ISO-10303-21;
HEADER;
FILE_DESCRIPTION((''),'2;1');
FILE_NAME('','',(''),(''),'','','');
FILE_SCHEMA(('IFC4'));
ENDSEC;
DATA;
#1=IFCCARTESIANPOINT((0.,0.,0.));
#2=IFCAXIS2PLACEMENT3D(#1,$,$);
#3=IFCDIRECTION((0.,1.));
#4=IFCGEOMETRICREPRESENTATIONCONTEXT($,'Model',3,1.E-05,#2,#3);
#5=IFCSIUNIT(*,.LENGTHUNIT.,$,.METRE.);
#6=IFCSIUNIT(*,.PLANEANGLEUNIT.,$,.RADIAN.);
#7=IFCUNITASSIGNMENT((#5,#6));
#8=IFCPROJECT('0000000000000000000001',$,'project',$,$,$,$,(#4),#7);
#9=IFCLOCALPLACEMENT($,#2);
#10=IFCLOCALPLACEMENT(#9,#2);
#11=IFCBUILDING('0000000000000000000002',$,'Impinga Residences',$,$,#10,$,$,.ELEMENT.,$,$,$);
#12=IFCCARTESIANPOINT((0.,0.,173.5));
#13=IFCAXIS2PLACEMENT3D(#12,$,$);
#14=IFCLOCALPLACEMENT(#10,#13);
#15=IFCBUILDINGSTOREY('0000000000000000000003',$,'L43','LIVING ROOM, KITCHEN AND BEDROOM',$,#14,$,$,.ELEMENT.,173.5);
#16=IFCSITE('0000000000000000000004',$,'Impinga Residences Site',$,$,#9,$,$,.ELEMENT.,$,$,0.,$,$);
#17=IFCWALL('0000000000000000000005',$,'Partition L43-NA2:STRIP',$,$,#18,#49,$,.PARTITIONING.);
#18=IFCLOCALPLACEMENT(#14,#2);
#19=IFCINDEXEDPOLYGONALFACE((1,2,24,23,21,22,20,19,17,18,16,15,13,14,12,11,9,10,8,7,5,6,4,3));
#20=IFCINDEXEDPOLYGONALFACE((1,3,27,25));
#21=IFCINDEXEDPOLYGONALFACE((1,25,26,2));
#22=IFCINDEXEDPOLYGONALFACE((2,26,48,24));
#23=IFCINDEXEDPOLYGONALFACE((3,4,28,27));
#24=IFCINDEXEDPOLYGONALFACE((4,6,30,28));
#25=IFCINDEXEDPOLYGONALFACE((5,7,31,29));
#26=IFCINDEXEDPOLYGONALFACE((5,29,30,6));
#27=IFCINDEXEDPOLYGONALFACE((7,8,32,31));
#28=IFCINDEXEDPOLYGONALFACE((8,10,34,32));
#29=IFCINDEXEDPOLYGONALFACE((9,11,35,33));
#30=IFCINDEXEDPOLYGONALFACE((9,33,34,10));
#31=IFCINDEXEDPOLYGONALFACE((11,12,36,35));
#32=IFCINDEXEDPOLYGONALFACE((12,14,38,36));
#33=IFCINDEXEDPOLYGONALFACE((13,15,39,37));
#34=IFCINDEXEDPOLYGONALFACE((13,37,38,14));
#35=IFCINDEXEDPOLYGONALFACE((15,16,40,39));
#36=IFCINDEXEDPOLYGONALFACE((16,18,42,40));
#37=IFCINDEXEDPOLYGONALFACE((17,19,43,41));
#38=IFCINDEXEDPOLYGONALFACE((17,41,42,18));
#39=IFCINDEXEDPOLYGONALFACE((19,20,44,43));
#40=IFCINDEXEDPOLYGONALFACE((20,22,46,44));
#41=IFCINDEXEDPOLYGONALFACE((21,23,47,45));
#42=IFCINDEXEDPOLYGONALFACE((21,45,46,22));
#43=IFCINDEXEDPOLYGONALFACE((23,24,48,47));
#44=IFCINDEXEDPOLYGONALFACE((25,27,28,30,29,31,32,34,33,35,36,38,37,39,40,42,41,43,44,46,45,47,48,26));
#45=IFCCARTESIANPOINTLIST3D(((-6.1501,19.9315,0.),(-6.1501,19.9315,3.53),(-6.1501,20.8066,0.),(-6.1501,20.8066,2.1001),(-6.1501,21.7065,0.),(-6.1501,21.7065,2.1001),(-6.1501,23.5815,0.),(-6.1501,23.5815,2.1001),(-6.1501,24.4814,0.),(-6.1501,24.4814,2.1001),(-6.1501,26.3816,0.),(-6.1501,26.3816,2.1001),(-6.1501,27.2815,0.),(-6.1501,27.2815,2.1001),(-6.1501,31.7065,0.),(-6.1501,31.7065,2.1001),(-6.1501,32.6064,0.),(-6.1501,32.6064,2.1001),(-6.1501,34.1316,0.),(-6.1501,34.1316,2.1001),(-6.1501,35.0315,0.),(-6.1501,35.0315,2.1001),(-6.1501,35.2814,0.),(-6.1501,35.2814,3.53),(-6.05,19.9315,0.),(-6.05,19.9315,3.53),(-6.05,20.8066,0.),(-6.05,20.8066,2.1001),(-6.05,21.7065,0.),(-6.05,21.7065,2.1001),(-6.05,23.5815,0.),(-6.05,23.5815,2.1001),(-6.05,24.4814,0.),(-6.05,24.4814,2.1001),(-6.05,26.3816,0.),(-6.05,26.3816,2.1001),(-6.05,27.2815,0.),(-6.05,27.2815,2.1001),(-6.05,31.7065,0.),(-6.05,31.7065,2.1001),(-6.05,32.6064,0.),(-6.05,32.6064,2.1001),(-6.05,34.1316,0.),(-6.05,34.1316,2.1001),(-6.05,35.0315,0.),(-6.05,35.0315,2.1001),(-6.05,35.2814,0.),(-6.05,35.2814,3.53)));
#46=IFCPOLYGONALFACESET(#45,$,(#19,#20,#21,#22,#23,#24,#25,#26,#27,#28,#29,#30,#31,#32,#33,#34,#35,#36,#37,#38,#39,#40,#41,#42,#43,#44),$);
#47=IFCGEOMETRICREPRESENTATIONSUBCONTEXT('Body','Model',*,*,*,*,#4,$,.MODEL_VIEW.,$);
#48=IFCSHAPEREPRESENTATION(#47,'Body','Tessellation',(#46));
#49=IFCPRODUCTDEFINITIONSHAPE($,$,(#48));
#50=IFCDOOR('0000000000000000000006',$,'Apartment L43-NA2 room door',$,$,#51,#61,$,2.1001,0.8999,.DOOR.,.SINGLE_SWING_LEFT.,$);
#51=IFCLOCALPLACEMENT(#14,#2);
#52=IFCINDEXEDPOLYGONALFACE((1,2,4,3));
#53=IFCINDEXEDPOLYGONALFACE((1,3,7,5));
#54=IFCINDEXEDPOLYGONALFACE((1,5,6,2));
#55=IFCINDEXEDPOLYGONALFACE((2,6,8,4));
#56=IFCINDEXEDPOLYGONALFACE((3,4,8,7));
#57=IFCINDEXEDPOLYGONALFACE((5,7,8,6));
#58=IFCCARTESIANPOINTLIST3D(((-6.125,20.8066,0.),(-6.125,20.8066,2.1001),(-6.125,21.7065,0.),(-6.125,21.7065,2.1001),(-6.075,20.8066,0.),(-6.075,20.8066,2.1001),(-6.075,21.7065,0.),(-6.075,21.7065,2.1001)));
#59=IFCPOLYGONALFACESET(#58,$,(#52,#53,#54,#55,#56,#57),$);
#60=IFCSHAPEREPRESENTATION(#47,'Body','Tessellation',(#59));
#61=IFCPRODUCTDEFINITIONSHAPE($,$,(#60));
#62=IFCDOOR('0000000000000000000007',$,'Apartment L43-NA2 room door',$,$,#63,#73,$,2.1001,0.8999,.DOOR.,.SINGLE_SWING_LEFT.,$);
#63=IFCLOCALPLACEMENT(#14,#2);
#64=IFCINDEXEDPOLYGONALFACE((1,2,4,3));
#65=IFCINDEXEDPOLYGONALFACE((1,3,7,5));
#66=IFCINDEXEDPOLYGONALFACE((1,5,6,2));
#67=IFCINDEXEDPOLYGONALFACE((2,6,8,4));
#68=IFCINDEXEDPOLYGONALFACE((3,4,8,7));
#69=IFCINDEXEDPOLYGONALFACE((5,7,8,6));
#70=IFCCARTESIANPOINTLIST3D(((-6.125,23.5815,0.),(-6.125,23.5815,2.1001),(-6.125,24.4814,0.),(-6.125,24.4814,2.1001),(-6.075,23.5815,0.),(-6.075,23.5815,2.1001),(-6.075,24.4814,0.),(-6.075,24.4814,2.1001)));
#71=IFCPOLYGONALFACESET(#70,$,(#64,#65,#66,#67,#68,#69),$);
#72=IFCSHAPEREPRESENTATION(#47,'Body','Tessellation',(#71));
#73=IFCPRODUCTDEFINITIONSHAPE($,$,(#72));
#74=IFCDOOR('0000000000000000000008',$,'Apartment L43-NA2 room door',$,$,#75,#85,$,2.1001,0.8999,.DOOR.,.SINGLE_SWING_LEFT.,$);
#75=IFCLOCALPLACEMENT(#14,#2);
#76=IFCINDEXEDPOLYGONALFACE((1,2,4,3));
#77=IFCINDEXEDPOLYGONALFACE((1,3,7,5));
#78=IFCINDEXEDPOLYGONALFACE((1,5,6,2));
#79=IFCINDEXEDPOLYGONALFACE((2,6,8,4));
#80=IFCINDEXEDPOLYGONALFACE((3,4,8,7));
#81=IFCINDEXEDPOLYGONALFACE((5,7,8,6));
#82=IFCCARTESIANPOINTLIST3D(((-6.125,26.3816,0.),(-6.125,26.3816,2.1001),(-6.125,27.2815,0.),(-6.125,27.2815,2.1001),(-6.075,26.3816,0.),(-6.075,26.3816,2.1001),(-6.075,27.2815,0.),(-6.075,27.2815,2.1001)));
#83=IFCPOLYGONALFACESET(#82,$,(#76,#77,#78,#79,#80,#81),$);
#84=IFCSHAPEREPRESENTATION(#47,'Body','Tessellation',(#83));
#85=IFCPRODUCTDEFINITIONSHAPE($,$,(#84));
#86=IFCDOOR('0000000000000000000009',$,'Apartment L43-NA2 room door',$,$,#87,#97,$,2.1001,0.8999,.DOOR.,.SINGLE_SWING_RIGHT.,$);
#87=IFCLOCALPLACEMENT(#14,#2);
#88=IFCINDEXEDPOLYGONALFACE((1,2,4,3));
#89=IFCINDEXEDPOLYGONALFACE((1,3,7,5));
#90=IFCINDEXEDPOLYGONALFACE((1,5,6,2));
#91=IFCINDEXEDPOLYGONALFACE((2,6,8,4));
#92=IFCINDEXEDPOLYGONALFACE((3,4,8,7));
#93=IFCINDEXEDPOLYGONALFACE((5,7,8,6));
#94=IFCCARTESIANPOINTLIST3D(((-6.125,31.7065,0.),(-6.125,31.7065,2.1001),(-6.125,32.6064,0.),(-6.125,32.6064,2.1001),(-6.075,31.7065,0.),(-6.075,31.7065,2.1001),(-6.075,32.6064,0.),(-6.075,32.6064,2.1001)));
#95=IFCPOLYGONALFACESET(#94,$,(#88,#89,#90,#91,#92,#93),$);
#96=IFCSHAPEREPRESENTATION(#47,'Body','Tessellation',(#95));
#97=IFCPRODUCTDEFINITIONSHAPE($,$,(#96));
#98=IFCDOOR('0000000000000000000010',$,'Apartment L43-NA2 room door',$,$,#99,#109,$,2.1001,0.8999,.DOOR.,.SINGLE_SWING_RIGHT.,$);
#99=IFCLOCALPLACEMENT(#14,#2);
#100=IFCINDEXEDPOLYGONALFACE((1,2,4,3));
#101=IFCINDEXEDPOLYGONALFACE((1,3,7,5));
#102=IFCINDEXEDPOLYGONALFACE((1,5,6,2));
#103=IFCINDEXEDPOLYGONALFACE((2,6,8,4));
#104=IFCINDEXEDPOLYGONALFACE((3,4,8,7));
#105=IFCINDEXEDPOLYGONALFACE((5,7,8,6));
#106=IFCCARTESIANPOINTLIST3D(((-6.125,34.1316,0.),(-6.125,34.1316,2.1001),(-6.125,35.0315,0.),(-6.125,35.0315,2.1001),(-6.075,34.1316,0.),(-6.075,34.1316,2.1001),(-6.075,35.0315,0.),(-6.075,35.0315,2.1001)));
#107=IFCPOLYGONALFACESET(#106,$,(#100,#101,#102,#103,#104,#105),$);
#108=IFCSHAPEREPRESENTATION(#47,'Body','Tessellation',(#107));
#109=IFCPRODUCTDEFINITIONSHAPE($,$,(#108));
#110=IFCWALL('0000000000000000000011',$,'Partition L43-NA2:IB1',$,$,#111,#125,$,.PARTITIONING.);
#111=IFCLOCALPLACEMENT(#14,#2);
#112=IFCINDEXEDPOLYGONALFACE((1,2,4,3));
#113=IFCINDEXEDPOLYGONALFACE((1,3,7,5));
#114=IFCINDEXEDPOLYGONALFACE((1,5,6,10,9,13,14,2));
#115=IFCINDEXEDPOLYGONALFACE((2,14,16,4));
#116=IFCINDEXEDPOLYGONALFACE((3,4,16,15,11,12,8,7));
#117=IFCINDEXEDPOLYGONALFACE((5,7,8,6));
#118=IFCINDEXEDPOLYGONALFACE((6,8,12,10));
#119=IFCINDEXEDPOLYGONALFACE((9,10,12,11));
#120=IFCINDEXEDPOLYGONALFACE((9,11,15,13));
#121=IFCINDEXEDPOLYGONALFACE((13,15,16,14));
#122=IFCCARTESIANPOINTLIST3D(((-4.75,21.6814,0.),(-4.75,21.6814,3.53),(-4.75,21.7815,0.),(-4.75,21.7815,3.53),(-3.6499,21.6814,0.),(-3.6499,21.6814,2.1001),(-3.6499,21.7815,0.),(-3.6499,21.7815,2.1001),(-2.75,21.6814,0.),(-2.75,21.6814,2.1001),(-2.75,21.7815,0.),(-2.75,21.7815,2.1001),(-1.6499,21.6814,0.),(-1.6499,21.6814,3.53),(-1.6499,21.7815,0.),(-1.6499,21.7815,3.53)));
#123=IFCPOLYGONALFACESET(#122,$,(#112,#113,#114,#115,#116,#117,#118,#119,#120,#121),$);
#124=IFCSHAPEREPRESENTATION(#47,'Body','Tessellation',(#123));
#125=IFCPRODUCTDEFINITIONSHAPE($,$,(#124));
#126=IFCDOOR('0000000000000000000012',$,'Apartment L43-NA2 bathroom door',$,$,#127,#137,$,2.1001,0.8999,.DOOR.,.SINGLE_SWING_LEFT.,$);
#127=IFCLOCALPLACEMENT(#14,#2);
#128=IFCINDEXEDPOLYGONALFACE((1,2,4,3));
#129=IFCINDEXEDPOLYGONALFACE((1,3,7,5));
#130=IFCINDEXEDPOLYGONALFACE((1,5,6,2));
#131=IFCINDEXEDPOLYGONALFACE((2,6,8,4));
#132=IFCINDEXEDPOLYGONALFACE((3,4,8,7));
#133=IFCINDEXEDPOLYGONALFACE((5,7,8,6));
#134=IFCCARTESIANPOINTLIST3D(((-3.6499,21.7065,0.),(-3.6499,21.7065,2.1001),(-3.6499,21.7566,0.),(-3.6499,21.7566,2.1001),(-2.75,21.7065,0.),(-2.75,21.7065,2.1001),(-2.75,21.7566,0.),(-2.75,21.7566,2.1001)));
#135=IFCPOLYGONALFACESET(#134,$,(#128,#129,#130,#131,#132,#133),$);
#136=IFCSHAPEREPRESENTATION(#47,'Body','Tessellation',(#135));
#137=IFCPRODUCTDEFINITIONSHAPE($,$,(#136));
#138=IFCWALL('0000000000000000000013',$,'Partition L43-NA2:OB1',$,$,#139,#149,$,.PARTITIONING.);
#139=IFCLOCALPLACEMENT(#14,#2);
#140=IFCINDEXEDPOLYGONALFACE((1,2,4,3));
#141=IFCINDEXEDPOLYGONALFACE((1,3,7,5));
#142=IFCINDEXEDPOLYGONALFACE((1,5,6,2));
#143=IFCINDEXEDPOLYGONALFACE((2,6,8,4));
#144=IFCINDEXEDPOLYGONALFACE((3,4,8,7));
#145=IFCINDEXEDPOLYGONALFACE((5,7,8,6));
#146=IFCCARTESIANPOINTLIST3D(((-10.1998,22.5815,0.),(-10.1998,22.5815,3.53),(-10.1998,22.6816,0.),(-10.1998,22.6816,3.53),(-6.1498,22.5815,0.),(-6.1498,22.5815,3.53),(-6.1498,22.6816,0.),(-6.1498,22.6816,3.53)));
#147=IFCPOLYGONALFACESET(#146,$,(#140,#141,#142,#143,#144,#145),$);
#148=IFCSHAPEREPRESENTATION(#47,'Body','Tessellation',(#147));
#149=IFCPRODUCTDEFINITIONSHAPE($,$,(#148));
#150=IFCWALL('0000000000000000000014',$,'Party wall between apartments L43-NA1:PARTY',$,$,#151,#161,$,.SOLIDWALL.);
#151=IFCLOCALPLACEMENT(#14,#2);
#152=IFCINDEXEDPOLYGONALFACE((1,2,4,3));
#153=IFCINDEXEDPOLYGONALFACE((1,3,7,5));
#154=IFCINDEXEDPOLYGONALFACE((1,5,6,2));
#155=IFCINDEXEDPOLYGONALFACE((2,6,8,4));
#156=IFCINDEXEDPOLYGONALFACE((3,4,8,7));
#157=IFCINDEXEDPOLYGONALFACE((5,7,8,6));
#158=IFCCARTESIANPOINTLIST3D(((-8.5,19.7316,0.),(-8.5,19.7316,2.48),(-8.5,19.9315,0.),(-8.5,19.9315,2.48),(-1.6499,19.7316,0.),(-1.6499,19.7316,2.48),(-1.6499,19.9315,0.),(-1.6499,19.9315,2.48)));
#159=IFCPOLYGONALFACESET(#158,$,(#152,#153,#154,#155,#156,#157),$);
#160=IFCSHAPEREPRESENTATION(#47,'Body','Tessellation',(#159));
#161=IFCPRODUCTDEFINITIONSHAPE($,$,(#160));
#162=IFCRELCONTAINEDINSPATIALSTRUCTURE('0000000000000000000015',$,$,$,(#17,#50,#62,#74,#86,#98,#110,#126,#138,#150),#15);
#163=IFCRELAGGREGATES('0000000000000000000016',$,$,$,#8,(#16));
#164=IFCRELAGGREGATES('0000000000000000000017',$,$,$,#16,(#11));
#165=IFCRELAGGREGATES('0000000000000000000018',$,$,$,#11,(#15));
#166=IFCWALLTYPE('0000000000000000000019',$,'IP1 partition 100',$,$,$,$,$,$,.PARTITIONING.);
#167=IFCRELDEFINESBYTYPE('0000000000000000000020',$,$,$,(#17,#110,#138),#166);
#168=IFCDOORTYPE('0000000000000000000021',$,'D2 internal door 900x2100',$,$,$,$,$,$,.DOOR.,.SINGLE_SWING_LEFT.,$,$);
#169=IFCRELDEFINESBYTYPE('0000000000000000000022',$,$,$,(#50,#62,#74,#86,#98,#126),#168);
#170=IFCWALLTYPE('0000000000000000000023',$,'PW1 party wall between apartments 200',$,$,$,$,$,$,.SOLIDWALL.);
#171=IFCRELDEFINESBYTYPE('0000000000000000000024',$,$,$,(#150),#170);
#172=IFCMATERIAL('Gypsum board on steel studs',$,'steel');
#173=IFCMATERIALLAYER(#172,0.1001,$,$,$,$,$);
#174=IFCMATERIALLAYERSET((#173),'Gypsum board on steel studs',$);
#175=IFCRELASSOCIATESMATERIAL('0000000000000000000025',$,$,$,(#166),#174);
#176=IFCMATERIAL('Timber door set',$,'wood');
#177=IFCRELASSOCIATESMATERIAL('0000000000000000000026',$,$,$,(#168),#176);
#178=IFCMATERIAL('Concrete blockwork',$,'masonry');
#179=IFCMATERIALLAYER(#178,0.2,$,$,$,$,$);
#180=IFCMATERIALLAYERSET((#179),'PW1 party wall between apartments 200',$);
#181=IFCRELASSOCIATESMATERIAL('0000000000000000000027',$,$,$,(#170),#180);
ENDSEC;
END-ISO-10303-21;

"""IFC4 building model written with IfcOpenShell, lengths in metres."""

from ifc_helpers import new_model, si_unit, direction, frame, frame_2d, origin, place, context, subcontext, project, spatial, rectangle, extrude, material, layer, layer_set, type_object, element, fill, save


model = new_model("IFC4")

# Units and contexts
model_context = context("Model", 3, precision=1e-05, world=origin(), true_north=direction((0.0, 1.0)))
body_context = subcontext(model_context, "Body", "Model", "MODEL_VIEW")
ifc_project = project(units=[si_unit("LENGTHUNIT", "METRE"), si_unit("PLANEANGLEUNIT", "RADIAN")], contexts=[model_context])

# Site, building, storey
site_placement = place(None, origin())
site = spatial("IfcSite", under=ifc_project, at=site_placement, Name="Impinga Residences Site", CompositionType="ELEMENT", RefElevation=0.0)
building_placement = place(site_placement, origin())
building = spatial("IfcBuilding", under=site, at=building_placement, Name="Impinga Residences", CompositionType="ELEMENT")
storey_placement = place(building_placement, frame((0.0, 0.0, 173.5)))
storey = spatial("IfcBuildingStorey", under=building, at=storey_placement, Name="L43", Description="LIVING ROOM, KITCHEN AND BEDROOM", CompositionType="ELEMENT", Elevation=173.5)

# Shared definitions
ifc_material_1 = material(Name="Concrete blockwork", Category="masonry")
ifc_material_2 = material(Name="Timber door set", Category="wood")

# Shared definitions
ifc_material_3 = material(Name="Gypsum board on steel studs", Category="steel")
ifc_layer_1 = layer(ifc_material_3, 0.1001)
ifc_layer_set_1 = layer_set([ifc_layer_1], Name="Gypsum board on steel studs")
wall_type_1 = type_object("IfcWallType", Name="IP1 partition 100", PredefinedType="PARTITIONING", material=ifc_layer_set_1)

# Wall, openings, doors
wall_1_placement = place(storey_placement, frame((-6.1001, 19.9316, 0.0), z_axis=(0.0, 0.0, 1.0), x_axis=(0.0, 1.0, 0.0)))
wall_1 = element("IfcWall", 1, at=wall_1_placement, inside=storey, type_object=wall_type_1, Name="Partition L43-NA2:STRIP", PredefinedType="PARTITIONING", context=body_context, shape_type="SweptSolid", body=[
    extrude(rectangle(XDim=15.3499, YDim=0.1001, at=frame_2d((7.6748, 0.0))), origin(), (0.0, 0.0, 1.0), 3.53),
])
opening_1_placement = place(wall_1_placement, frame((0.875, 0.0, 0.0)))
opening_1 = element("IfcOpeningElement", 2, at=opening_1_placement, cuts=wall_1, PredefinedType="OPENING", context=body_context, shape_type="SweptSolid", body=[
    extrude(rectangle(XDim=0.8999, YDim=2.1001, at=frame_2d((0.45, 1.05))), frame((0.0, 0.0601, 0.0), z_axis=(0.0, -1.0, 0.0), x_axis=(1.0, 0.0, 0.0)), (0.0, 0.0, 1.0), 0.1201),
])
opening_2_placement = place(wall_1_placement, frame((3.6499, 0.0, 0.0)))
opening_2 = element("IfcOpeningElement", 3, at=opening_2_placement, cuts=wall_1, PredefinedType="OPENING", context=body_context, shape_type="SweptSolid", body=[
    extrude(rectangle(XDim=0.8999, YDim=2.1001, at=frame_2d((0.45, 1.05))), frame((0.0, 0.0601, 0.0), z_axis=(0.0, -1.0, 0.0), x_axis=(1.0, 0.0, 0.0)), (0.0, 0.0, 1.0), 0.1201),
])
opening_3_placement = place(wall_1_placement, frame((6.45, 0.0, 0.0)))
opening_3 = element("IfcOpeningElement", 4, at=opening_3_placement, cuts=wall_1, PredefinedType="OPENING", context=body_context, shape_type="SweptSolid", body=[
    extrude(rectangle(XDim=0.8999, YDim=2.1001, at=frame_2d((0.45, 1.05))), frame((0.0, 0.0601, 0.0), z_axis=(0.0, -1.0, 0.0), x_axis=(1.0, 0.0, 0.0)), (0.0, 0.0, 1.0), 0.1201),
])
opening_4_placement = place(wall_1_placement, frame((11.7749, 0.0, 0.0)))
opening_4 = element("IfcOpeningElement", 5, at=opening_4_placement, cuts=wall_1, PredefinedType="OPENING", context=body_context, shape_type="SweptSolid", body=[
    extrude(rectangle(XDim=0.8999, YDim=2.1001, at=frame_2d((0.45, 1.05))), frame((0.0, 0.0601, 0.0), z_axis=(0.0, -1.0, 0.0), x_axis=(1.0, 0.0, 0.0)), (0.0, 0.0, 1.0), 0.1201),
])
opening_5_placement = place(wall_1_placement, frame((14.2, 0.0, 0.0)))
opening_5 = element("IfcOpeningElement", 6, at=opening_5_placement, cuts=wall_1, PredefinedType="OPENING", context=body_context, shape_type="SweptSolid", body=[
    extrude(rectangle(XDim=0.8999, YDim=2.1001, at=frame_2d((0.45, 1.05))), frame((0.0, 0.0601, 0.0), z_axis=(0.0, -1.0, 0.0), x_axis=(1.0, 0.0, 0.0)), (0.0, 0.0, 1.0), 0.1201),
])
door_type_1 = type_object("IfcDoorType", Name="D2 internal door 900x2100", OperationType="SINGLE_SWING_LEFT", PredefinedType="DOOR", material=ifc_material_2)
door_1_placement = place(opening_1_placement, origin())
door_1 = element("IfcDoor", 7, at=door_1_placement, inside=storey, type_object=door_type_1, Name="Apartment L43-NA2 room door", OperationType="SINGLE_SWING_LEFT", OverallHeight=2.1001, OverallWidth=0.8999, PredefinedType="DOOR", context=body_context, shape_type="SweptSolid", body=[
    extrude(rectangle(XDim=0.8999, YDim=2.1001, at=frame_2d((0.45, 1.05))), frame((0.0, 0.0249, 0.0), z_axis=(0.0, -1.0, 0.0), x_axis=(1.0, 0.0, 0.0)), (0.0, 0.0, 1.0), 0.05),
])
fill(opening_1, door_1)
door_2_placement = place(opening_2_placement, origin())
door_2 = element("IfcDoor", 8, at=door_2_placement, inside=storey, type_object=door_type_1, Name="Apartment L43-NA2 room door", OperationType="SINGLE_SWING_LEFT", OverallHeight=2.1001, OverallWidth=0.8999, PredefinedType="DOOR", context=body_context, shape_type="SweptSolid", body=[
    extrude(rectangle(XDim=0.8999, YDim=2.1001, at=frame_2d((0.45, 1.05))), frame((0.0, 0.0249, 0.0), z_axis=(0.0, -1.0, 0.0), x_axis=(1.0, 0.0, 0.0)), (0.0, 0.0, 1.0), 0.05),
])
fill(opening_2, door_2)
door_3_placement = place(opening_3_placement, origin())
door_3 = element("IfcDoor", 9, at=door_3_placement, inside=storey, type_object=door_type_1, Name="Apartment L43-NA2 room door", OperationType="SINGLE_SWING_LEFT", OverallHeight=2.1001, OverallWidth=0.8999, PredefinedType="DOOR", context=body_context, shape_type="SweptSolid", body=[
    extrude(rectangle(XDim=0.8999, YDim=2.1001, at=frame_2d((0.45, 1.05))), frame((0.0, 0.0249, 0.0), z_axis=(0.0, -1.0, 0.0), x_axis=(1.0, 0.0, 0.0)), (0.0, 0.0, 1.0), 0.05),
])
fill(opening_3, door_3)
door_4_placement = place(opening_4_placement, origin())
door_4 = element("IfcDoor", 10, at=door_4_placement, inside=storey, type_object=door_type_1, Name="Apartment L43-NA2 room door", OperationType="SINGLE_SWING_RIGHT", OverallHeight=2.1001, OverallWidth=0.8999, PredefinedType="DOOR", context=body_context, shape_type="SweptSolid", body=[
    extrude(rectangle(XDim=0.8999, YDim=2.1001, at=frame_2d((0.45, 1.05))), frame((0.0, 0.0249, 0.0), z_axis=(0.0, -1.0, 0.0), x_axis=(1.0, 0.0, 0.0)), (0.0, 0.0, 1.0), 0.05),
])
fill(opening_4, door_4)
door_5_placement = place(opening_5_placement, origin())
door_5 = element("IfcDoor", 11, at=door_5_placement, inside=storey, type_object=door_type_1, Name="Apartment L43-NA2 room door", OperationType="SINGLE_SWING_RIGHT", OverallHeight=2.1001, OverallWidth=0.8999, PredefinedType="DOOR", context=body_context, shape_type="SweptSolid", body=[
    extrude(rectangle(XDim=0.8999, YDim=2.1001, at=frame_2d((0.45, 1.05))), frame((0.0, 0.0249, 0.0), z_axis=(0.0, -1.0, 0.0), x_axis=(1.0, 0.0, 0.0)), (0.0, 0.0, 1.0), 0.05),
])
fill(opening_5, door_5)

# Wall, opening, door
wall_2_placement = place(storey_placement, frame((-1.6499, 21.7314, 0.0), z_axis=(0.0, 0.0, 1.0), x_axis=(-1.0, 0.0, 0.0)))
wall_2 = element("IfcWall", 12, at=wall_2_placement, inside=storey, type_object=wall_type_1, Name="Partition L43-NA2:IB1", PredefinedType="PARTITIONING", context=body_context, shape_type="SweptSolid", body=[
    extrude(rectangle(XDim=3.1001, YDim=0.1001, at=frame_2d((1.55, 0.0))), origin(), (0.0, 0.0, 1.0), 3.53),
])
opening_6_placement = place(wall_2_placement, frame((1.1001, 0.0, 0.0)))
opening_6 = element("IfcOpeningElement", 13, at=opening_6_placement, cuts=wall_2, PredefinedType="OPENING", context=body_context, shape_type="SweptSolid", body=[
    extrude(rectangle(XDim=0.8999, YDim=2.1001, at=frame_2d((0.45, 1.05))), frame((0.0, 0.0601, 0.0), z_axis=(0.0, -1.0, 0.0), x_axis=(1.0, 0.0, 0.0)), (0.0, 0.0, 1.0), 0.1201),
])
door_6_placement = place(opening_6_placement, origin())
door_6 = element("IfcDoor", 14, at=door_6_placement, inside=storey, type_object=door_type_1, Name="Apartment L43-NA2 bathroom door", OperationType="SINGLE_SWING_LEFT", OverallHeight=2.1001, OverallWidth=0.8999, PredefinedType="DOOR", context=body_context, shape_type="SweptSolid", body=[
    extrude(rectangle(XDim=0.8999, YDim=2.1001, at=frame_2d((0.45, 1.05))), frame((0.0, 0.0249, 0.0), z_axis=(0.0, -1.0, 0.0), x_axis=(1.0, 0.0, 0.0)), (0.0, 0.0, 1.0), 0.05),
])
fill(opening_6, door_6)

# Walls
wall_3_placement = place(storey_placement, frame((-6.1499, 22.6316, 0.0), z_axis=(0.0, 0.0, 1.0), x_axis=(-1.0, 0.0, 0.0)))
element("IfcWall", 15, at=wall_3_placement, inside=storey, type_object=wall_type_1, Name="Partition L43-NA2:OB1", PredefinedType="PARTITIONING", context=body_context, shape_type="SweptSolid", body=[
    extrude(rectangle(XDim=4.05, YDim=0.1001, at=frame_2d((2.0249, 0.0))), origin(), (0.0, 0.0, 1.0), 3.53),
])
ifc_layer_2 = layer(ifc_material_1, 0.2)
ifc_layer_set_2 = layer_set([ifc_layer_2], Name="PW1 party wall between apartments 200")
wall_type_2 = type_object("IfcWallType", Name="PW1 party wall between apartments 200", PredefinedType="SOLIDWALL", material=ifc_layer_set_2)
wall_4_placement = place(storey_placement, frame((-1.6499, 19.8315, 0.0), z_axis=(0.0, 0.0, 1.0), x_axis=(-1.0, 0.0, 0.0)))
element("IfcWall", 16, at=wall_4_placement, inside=storey, type_object=wall_type_2, Name="Party wall between apartments L43-NA1:PARTY", PredefinedType="SOLIDWALL", context=body_context, shape_type="SweptSolid", body=[
    extrude(rectangle(XDim=6.8501, YDim=0.2, at=frame_2d((3.425, 0.0))), origin(), (0.0, 0.0, 1.0), 2.48),
])

save(model, "model.ifc")
